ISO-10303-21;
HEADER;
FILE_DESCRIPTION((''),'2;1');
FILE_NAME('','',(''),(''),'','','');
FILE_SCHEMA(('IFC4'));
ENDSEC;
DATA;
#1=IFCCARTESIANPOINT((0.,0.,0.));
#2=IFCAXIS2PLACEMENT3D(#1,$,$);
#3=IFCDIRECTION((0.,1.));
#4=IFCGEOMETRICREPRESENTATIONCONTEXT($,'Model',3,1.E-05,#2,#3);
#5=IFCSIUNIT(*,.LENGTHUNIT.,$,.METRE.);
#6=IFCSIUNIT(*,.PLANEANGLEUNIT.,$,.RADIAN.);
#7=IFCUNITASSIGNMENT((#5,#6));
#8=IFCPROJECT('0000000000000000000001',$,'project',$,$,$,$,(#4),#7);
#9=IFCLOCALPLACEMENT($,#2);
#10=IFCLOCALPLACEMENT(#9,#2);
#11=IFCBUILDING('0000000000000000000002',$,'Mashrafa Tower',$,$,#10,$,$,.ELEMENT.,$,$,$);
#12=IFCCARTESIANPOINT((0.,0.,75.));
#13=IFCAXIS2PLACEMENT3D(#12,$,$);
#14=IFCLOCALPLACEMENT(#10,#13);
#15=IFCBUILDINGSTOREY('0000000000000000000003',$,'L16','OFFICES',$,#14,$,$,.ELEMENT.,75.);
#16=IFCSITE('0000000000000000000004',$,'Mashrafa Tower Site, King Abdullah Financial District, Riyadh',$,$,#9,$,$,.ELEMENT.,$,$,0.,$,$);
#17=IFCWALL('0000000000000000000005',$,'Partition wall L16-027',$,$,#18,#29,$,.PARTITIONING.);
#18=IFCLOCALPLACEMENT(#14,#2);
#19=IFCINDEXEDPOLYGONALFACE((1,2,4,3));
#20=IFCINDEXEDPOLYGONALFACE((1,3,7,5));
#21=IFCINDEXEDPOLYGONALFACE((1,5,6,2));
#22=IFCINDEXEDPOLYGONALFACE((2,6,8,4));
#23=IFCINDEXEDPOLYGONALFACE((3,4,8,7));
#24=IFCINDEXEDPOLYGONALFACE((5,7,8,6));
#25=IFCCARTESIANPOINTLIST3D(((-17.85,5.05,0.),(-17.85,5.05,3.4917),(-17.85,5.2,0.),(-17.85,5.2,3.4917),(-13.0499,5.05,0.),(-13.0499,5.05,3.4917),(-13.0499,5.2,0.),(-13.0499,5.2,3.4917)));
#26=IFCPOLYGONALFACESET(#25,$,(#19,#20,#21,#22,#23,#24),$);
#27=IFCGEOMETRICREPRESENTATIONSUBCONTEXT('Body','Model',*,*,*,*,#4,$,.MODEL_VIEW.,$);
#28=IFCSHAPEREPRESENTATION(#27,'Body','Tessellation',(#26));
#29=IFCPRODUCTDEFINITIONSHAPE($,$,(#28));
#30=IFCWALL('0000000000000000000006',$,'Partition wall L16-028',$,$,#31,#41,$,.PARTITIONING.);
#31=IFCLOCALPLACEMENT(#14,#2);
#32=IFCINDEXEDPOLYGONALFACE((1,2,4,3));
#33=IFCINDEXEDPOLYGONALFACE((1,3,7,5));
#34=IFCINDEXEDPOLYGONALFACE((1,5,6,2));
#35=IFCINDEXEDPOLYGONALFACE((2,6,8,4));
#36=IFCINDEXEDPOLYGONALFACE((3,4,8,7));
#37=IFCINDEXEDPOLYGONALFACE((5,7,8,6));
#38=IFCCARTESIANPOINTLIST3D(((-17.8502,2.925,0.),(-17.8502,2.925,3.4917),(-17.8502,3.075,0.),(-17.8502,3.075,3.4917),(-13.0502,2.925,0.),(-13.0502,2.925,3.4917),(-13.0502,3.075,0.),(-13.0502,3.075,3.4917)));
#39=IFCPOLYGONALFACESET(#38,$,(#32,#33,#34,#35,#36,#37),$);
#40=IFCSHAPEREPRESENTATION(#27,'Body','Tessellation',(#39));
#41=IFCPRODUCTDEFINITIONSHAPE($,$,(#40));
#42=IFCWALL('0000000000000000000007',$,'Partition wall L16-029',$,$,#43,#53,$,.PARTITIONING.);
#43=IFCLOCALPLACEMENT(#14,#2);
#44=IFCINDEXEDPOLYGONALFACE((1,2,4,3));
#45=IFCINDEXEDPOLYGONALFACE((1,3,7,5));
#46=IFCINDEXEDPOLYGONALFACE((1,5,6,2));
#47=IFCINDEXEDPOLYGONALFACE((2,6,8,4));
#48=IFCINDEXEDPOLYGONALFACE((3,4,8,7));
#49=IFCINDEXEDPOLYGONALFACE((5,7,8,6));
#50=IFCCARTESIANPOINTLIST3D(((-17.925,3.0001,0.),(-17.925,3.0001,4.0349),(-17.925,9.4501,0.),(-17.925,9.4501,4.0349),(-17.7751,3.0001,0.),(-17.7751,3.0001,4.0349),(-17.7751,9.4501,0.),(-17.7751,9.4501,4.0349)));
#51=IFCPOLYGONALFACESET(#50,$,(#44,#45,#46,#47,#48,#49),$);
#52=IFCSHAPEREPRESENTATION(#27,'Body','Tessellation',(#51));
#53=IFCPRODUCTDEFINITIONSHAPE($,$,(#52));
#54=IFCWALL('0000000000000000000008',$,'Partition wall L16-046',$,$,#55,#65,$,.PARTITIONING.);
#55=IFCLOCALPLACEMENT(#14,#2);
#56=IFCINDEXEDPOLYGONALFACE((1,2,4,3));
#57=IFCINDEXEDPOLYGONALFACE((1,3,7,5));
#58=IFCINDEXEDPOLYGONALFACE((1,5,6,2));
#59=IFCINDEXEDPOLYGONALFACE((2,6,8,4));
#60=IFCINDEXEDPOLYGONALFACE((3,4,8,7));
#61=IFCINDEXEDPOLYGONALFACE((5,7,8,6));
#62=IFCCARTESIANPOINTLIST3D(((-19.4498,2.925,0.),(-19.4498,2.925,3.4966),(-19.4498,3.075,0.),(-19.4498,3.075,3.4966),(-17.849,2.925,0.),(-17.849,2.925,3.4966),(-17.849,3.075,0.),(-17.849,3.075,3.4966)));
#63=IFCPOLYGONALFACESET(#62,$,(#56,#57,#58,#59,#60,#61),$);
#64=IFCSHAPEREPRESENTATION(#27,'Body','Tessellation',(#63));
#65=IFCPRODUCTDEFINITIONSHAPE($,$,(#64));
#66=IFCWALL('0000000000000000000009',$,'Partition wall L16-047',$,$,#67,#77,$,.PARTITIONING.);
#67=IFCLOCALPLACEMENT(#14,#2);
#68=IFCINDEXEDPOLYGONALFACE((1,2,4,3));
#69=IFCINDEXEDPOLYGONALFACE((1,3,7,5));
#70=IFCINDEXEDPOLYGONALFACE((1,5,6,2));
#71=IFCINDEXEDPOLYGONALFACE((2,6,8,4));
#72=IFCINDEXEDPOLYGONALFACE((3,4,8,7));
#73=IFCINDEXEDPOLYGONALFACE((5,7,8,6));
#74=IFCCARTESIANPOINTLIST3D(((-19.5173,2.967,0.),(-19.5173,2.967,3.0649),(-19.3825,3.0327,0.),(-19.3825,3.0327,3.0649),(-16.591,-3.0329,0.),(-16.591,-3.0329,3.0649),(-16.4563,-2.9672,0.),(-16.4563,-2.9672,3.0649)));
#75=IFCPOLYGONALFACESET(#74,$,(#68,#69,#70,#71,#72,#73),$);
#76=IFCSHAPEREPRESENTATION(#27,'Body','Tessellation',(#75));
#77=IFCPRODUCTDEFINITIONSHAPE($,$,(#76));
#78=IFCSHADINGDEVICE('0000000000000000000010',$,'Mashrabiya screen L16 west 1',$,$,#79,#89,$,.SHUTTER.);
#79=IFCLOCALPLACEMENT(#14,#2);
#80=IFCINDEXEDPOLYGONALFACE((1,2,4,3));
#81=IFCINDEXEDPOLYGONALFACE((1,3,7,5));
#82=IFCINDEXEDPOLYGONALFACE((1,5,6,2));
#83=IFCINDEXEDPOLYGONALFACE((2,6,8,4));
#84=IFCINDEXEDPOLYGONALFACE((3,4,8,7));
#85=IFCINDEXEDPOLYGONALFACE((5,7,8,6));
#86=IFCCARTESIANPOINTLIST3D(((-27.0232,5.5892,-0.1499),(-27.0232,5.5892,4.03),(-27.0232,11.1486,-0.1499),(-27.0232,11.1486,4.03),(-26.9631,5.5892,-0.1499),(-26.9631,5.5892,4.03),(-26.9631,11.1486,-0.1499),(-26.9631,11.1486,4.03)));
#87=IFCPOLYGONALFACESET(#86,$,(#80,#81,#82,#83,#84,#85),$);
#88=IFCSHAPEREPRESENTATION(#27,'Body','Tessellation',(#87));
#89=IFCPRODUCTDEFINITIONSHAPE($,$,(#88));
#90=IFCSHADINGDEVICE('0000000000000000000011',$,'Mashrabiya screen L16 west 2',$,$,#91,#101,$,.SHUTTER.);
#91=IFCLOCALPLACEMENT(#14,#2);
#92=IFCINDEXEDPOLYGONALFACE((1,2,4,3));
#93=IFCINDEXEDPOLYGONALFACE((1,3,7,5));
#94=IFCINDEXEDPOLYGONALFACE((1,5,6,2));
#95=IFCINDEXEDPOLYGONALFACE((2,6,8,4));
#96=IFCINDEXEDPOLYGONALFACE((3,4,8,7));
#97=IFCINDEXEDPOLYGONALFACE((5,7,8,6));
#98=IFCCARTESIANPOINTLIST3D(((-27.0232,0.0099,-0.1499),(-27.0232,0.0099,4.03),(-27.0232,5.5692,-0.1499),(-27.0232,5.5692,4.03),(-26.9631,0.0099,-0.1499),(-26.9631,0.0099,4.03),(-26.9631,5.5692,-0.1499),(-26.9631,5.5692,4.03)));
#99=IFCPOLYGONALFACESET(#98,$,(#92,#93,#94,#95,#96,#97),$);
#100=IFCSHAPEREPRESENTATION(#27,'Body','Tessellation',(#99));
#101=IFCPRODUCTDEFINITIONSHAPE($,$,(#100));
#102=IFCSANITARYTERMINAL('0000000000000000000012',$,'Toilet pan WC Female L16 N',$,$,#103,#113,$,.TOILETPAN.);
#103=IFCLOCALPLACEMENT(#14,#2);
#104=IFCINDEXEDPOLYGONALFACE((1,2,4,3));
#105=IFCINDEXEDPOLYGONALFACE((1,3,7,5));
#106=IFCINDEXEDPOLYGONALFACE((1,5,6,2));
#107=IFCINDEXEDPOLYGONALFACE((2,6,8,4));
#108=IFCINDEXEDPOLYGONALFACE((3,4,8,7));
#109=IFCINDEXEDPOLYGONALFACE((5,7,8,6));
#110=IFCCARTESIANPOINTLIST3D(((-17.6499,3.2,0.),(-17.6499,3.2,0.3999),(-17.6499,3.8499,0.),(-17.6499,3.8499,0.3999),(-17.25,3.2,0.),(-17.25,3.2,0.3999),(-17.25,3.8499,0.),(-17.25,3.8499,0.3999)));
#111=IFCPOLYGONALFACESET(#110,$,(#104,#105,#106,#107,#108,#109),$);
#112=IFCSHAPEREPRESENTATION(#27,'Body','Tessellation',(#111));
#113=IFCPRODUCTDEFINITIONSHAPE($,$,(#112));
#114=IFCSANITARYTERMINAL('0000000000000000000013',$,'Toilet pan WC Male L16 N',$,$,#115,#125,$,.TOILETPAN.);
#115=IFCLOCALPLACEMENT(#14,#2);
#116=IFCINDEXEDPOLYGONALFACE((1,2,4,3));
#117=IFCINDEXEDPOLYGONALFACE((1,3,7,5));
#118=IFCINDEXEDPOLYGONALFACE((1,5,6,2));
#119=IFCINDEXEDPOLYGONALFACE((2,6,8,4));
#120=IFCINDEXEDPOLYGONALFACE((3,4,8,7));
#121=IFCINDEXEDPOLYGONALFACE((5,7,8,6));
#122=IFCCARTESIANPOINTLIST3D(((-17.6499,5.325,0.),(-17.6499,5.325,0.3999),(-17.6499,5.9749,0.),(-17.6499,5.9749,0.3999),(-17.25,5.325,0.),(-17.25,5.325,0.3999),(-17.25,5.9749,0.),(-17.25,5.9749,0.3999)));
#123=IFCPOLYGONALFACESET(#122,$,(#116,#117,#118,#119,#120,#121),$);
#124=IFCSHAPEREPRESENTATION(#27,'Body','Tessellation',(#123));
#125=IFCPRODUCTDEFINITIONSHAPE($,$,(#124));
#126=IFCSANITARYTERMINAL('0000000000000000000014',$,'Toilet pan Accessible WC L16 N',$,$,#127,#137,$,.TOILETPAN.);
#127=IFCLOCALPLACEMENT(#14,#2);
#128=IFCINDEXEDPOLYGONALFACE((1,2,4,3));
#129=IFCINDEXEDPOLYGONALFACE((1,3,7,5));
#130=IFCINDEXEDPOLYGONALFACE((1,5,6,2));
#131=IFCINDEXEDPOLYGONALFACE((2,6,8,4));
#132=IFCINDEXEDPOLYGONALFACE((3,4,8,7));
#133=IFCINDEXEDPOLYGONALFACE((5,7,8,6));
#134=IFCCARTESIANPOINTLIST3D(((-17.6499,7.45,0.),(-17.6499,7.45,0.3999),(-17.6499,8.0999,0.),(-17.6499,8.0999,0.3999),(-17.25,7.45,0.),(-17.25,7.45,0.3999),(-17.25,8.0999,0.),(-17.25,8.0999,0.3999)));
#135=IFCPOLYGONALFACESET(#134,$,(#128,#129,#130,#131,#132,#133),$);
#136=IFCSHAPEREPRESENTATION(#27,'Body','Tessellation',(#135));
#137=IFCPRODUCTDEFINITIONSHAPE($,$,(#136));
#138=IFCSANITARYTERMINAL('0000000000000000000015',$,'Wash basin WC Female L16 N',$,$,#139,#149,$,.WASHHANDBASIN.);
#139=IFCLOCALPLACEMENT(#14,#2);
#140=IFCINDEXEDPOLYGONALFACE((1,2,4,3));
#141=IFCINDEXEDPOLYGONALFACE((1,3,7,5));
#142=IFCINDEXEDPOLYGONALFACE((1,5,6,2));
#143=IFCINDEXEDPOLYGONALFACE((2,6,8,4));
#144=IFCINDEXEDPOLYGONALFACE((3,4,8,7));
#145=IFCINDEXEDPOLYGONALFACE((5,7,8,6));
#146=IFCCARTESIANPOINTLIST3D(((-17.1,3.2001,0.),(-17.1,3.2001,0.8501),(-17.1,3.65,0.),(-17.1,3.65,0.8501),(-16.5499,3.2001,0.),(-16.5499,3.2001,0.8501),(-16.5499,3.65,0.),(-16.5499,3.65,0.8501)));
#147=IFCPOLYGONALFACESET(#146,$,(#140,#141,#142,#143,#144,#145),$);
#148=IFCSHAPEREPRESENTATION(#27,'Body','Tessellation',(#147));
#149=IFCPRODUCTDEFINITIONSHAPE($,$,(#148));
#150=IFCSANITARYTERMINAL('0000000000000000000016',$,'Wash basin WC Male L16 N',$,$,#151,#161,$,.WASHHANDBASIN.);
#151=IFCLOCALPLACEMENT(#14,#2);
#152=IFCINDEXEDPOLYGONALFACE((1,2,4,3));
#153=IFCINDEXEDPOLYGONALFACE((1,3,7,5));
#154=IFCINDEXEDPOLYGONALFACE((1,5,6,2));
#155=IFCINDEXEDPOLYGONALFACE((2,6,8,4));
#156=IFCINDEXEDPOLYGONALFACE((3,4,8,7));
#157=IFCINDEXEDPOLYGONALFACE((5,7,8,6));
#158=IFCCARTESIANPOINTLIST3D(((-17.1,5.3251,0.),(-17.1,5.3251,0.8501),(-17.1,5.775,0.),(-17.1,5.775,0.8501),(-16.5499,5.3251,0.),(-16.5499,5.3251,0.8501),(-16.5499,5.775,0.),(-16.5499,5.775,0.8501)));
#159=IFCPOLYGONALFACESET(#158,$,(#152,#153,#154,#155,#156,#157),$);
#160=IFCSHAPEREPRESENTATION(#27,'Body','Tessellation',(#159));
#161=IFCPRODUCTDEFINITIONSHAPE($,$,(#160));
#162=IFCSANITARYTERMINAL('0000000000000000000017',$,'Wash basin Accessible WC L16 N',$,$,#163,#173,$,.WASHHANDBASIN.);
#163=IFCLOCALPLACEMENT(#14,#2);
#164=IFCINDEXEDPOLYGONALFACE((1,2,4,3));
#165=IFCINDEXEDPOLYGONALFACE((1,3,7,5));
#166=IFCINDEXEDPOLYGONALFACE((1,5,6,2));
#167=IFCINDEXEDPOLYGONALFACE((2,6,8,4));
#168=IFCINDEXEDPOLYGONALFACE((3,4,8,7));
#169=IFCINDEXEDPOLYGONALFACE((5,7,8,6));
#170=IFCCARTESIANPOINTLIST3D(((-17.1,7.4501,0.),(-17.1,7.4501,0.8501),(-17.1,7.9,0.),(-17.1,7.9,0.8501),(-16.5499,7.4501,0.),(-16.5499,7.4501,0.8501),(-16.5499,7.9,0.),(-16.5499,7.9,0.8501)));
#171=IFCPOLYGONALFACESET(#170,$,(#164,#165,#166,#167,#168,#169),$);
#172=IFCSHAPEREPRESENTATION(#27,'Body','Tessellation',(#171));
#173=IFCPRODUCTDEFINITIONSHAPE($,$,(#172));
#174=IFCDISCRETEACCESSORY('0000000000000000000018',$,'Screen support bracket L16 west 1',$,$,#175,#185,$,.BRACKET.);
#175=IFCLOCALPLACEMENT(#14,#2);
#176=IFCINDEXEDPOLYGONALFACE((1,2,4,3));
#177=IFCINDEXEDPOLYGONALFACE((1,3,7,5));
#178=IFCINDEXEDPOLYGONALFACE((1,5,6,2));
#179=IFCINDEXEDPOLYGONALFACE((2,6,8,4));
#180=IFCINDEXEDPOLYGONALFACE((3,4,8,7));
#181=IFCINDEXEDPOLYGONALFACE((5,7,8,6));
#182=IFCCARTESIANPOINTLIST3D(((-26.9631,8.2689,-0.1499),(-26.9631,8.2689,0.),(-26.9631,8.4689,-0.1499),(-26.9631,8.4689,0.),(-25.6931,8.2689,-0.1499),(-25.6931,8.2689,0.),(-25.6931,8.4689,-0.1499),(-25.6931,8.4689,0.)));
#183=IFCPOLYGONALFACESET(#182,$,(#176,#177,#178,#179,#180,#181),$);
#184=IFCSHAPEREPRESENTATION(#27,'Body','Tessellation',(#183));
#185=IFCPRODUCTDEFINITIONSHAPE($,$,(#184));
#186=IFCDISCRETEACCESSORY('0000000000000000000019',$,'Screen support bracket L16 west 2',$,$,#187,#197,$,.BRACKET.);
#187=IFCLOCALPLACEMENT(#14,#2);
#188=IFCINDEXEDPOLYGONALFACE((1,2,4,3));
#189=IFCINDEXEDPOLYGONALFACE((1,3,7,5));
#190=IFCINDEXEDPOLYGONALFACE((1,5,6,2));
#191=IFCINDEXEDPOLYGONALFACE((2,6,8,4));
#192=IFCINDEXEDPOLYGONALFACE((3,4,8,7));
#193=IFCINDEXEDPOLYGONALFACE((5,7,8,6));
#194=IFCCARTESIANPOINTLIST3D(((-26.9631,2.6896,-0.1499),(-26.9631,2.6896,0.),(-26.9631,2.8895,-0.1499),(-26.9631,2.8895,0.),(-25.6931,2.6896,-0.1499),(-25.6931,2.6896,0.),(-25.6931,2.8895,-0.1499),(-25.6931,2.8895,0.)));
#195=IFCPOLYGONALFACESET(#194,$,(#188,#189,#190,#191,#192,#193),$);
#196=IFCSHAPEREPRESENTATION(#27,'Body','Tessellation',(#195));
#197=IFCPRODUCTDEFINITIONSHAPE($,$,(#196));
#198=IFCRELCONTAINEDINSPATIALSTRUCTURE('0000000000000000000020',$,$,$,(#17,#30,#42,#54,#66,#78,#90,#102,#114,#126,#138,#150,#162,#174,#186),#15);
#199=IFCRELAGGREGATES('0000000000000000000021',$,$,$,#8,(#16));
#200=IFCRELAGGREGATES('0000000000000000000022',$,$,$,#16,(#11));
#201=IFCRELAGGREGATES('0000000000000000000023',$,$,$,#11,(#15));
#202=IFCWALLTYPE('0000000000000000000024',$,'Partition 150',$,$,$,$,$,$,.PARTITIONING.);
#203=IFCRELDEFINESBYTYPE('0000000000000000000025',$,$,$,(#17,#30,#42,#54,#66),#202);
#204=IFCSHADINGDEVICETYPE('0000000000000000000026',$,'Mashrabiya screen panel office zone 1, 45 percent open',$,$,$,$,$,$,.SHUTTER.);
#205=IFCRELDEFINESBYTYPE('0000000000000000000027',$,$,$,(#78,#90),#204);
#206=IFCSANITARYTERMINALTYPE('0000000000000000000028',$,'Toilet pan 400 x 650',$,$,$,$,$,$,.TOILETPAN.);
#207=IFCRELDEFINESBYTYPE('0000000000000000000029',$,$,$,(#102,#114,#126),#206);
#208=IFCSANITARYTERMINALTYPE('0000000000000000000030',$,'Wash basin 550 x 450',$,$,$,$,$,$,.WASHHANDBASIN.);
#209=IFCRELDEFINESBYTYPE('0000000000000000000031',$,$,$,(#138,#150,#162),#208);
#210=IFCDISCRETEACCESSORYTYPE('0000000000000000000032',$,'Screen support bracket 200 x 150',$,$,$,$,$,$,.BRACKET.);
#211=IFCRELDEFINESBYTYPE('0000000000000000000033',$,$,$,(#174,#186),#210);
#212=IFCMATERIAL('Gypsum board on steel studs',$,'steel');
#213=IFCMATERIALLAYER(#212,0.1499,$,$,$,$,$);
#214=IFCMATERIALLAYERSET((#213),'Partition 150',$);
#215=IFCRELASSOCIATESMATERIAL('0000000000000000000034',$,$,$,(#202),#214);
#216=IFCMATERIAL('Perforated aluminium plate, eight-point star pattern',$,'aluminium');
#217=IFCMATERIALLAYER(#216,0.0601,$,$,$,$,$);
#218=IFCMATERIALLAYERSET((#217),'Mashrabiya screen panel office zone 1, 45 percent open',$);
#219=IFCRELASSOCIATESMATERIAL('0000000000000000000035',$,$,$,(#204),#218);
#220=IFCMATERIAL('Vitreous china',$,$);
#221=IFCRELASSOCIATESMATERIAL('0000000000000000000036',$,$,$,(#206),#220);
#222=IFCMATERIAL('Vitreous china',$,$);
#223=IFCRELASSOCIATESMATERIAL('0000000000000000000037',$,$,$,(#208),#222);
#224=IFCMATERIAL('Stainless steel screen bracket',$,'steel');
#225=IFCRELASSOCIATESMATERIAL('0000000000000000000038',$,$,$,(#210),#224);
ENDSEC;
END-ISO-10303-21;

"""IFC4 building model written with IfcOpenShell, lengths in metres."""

from ifc_helpers import new_model, si_unit, direction, frame, frame_2d, origin, origin_2d, place, context, subcontext, project, spatial, rectangle, extrude, source, transform, mapped, material, layer, layer_set, type_object, type_shapes, element, save


model = new_model("IFC4")

# Units and contexts
model_context = context("Model", 3, precision=1e-05, world=origin(), true_north=direction((0.0, 1.0)))
body_context = subcontext(model_context, "Body", "Model", "MODEL_VIEW")
ifc_project = project(units=[si_unit("LENGTHUNIT", "METRE"), si_unit("PLANEANGLEUNIT", "RADIAN")], contexts=[model_context])

# Site, building, storey
site_placement = place(None, origin())
site = spatial("IfcSite", under=ifc_project, at=site_placement, Name="Mashrafa Tower Site, King Abdullah Financial District, Riyadh", CompositionType="ELEMENT", RefElevation=0.0)
building_placement = place(site_placement, origin())
building = spatial("IfcBuilding", under=site, at=building_placement, Name="Mashrafa Tower", CompositionType="ELEMENT")
storey_placement = place(building_placement, frame((0.0, 0.0, 75.0)))
storey = spatial("IfcBuildingStorey", under=building, at=storey_placement, Name="L16", Description="OFFICES", CompositionType="ELEMENT", Elevation=75.0)

# Walls
ifc_material_1 = material(Name="Gypsum board on steel studs", Category="steel")
ifc_layer_1 = layer(ifc_material_1, 0.1499)
ifc_layer_set_1 = layer_set([ifc_layer_1], Name="Partition 150")
wall_type_1 = type_object("IfcWallType", Name="Partition 150", PredefinedType="PARTITIONING", material=ifc_layer_set_1)
for number, where, z_axis, x_axis, name in (
    (1, (-13.05, 5.125, 0.0), (0.0, 0.0, 1.0), (-1.0, 0.0, 0.0), "Partition wall L16-027"),
    (2, (-17.8501, 3.0, 0.0), (0.0, 0.0, 1.0), (1.0, 0.0, 0.0), "Partition wall L16-028"),
):
    element("IfcWall", number, at=place(storey_placement, frame(where, z_axis=z_axis, x_axis=x_axis)), inside=storey, type_object=wall_type_1, Name=name, PredefinedType="PARTITIONING", context=body_context, shape_type="SweptSolid", body=[
        extrude(rectangle(XDim=4.8, YDim=0.1499, at=frame_2d((2.3999, 0.0))), origin(), (0.0, 0.0, 1.0), 3.4917),
    ])
wall_1_placement = place(storey_placement, frame((-17.8501, 3.0, 0.0), z_axis=(0.0, 0.0, 1.0), x_axis=(0.0, 1.0, 0.0)))
element("IfcWall", 3, at=wall_1_placement, inside=storey, type_object=wall_type_1, Name="Partition wall L16-029", PredefinedType="PARTITIONING", context=body_context, shape_type="SweptSolid", body=[
    extrude(rectangle(XDim=6.45, YDim=0.1499, at=frame_2d((3.2251, 0.0))), origin(), (0.0, 0.0, 1.0), 4.0349),
])
wall_2_placement = place(storey_placement, frame((-17.8491, 3.0, 0.0), z_axis=(0.0, 0.0, 1.0), x_axis=(-1.0, 0.0, 0.0)))
element("IfcWall", 4, at=wall_2_placement, inside=storey, type_object=wall_type_1, Name="Partition wall L16-046", PredefinedType="PARTITIONING", context=body_context, shape_type="SweptSolid", body=[
    extrude(rectangle(XDim=1.6008, YDim=0.1499, at=frame_2d((0.8003, 0.0))), origin(), (0.0, 0.0, 1.0), 3.4966),
])
wall_3_placement = place(storey_placement, frame((-19.45, 3.0, 0.0), z_axis=(0.0, 0.0, 1.0), x_axis=(0.438356, -0.898801, 0.0)))
element("IfcWall", 5, at=wall_3_placement, inside=storey, type_object=wall_type_1, Name="Partition wall L16-047", PredefinedType="PARTITIONING", context=body_context, shape_type="SweptSolid", body=[
    extrude(rectangle(XDim=6.6755, YDim=0.1499, at=frame_2d((3.3379, 0.0))), origin(), (0.0, 0.0, 1.0), 3.0649),
])

# Shading devices
ifc_material_2 = material(Name="Perforated aluminium plate, eight-point star pattern", Category="aluminium")
ifc_layer_2 = layer(ifc_material_2, 0.0601)
ifc_layer_set_2 = layer_set([ifc_layer_2], Name="Mashrabiya screen panel office zone 1, 45 percent open")
shading_device_type = type_object("IfcShadingDeviceType", Name="Mashrabiya screen panel office zone 1, 45 percent open", PredefinedType="SHUTTER", material=ifc_layer_set_2)
shared_shape_1 = source(origin(), body_context, "Body", "SweptSolid", [
    extrude(rectangle(XDim=5.5593, YDim=0.0601, at=origin_2d()), origin(), (0.0, 0.0, 1.0), 4.1799),
])
type_shapes(shading_device_type, [shared_shape_1])
for number, where, z_axis, x_axis, name in (
    (6, (-26.9932, 8.3689, -0.1499), (0.0, 0.0, 1.0), (0.0, -1.0, 0.0), "Mashrabiya screen L16 west 1"),
    (7, (-26.9932, 2.7896, -0.1499), (0.0, 0.0, 1.0), (0.0, -1.0, 0.0), "Mashrabiya screen L16 west 2"),
):
    element("IfcShadingDevice", number, at=place(storey_placement, frame(where, z_axis=z_axis, x_axis=x_axis)), inside=storey, type_object=shading_device_type, Name=name, PredefinedType="SHUTTER", context=body_context, shape_type="MappedRepresentation", body=[
        mapped(shared_shape_1, transform((0.0, 0.0, 0.0))),
    ])

# Sanitary terminals
ifc_material_3 = material(Name="Vitreous china")
sanitary_terminal_type_1 = type_object("IfcSanitaryTerminalType", Name="Toilet pan 400 x 650", PredefinedType="TOILETPAN", material=ifc_material_3)
for number, where, z_axis, x_axis, name in (
    (8, (-17.45, 3.5249, 0.0), (0.0, 0.0, 1.0), (1.0, 0.0, 0.0), "Toilet pan WC Female L16 N"),
    (9, (-17.45, 5.6499, 0.0), (0.0, 0.0, 1.0), (1.0, 0.0, 0.0), "Toilet pan WC Male L16 N"),
    (10, (-17.45, 7.7749, 0.0), (0.0, 0.0, 1.0), (1.0, 0.0, 0.0), "Toilet pan Accessible WC L16 N"),
):
    element("IfcSanitaryTerminal", number, at=place(storey_placement, frame(where, z_axis=z_axis, x_axis=x_axis)), inside=storey, type_object=sanitary_terminal_type_1, Name=name, PredefinedType="TOILETPAN", context=body_context, shape_type="SweptSolid", body=[
        extrude(rectangle(XDim=0.3999, YDim=0.6499, at=origin_2d()), origin(), (0.0, 0.0, 1.0), 0.3999),
    ])
ifc_material_4 = material(Name="Vitreous china")
sanitary_terminal_type_2 = type_object("IfcSanitaryTerminalType", Name="Wash basin 550 x 450", PredefinedType="WASHHANDBASIN", material=ifc_material_4)
for number, where, z_axis, x_axis, name in (
    (11, (-16.825, 3.425, 0.0), (0.0, 0.0, 1.0), (1.0, 0.0, 0.0), "Wash basin WC Female L16 N"),
    (12, (-16.825, 5.55, 0.0), (0.0, 0.0, 1.0), (1.0, 0.0, 0.0), "Wash basin WC Male L16 N"),
    (13, (-16.825, 7.675, 0.0), (0.0, 0.0, 1.0), (1.0, 0.0, 0.0), "Wash basin Accessible WC L16 N"),
):
    element("IfcSanitaryTerminal", number, at=place(storey_placement, frame(where, z_axis=z_axis, x_axis=x_axis)), inside=storey, type_object=sanitary_terminal_type_2, Name=name, PredefinedType="WASHHANDBASIN", context=body_context, shape_type="SweptSolid", body=[
        extrude(rectangle(XDim=0.55, YDim=0.45, at=origin_2d()), origin(), (0.0, 0.0, 1.0), 0.8501),
    ])

# Discrete accessories
ifc_material_5 = material(Name="Stainless steel screen bracket", Category="steel")
discrete_accessory_type = type_object("IfcDiscreteAccessoryType", Name="Screen support bracket 200 x 150", PredefinedType="BRACKET", material=ifc_material_5)
shared_shape_2 = source(origin(), body_context, "Body", "SweptSolid", [
    extrude(rectangle(XDim=0.2, YDim=1.27, at=origin_2d()), origin(), (0.0, 0.0, 1.0), 0.1499),
])
type_shapes(discrete_accessory_type, [shared_shape_2])
for number, where, z_axis, x_axis, name in (
    (14, (-26.3281, 8.3689, -0.1499), (0.0, 0.0, 1.0), (0.0, -1.0, 0.0), "Screen support bracket L16 west 1"),
    (15, (-26.3281, 2.7896, -0.1499), (0.0, 0.0, 1.0), (0.0, -1.0, 0.0), "Screen support bracket L16 west 2"),
):
    element("IfcDiscreteAccessory", number, at=place(storey_placement, frame(where, z_axis=z_axis, x_axis=x_axis)), inside=storey, type_object=discrete_accessory_type, Name=name, PredefinedType="BRACKET", context=body_context, shape_type="MappedRepresentation", body=[
        mapped(shared_shape_2, transform((0.0, 0.0, 0.0))),
    ])

save(model, "model.ifc")
